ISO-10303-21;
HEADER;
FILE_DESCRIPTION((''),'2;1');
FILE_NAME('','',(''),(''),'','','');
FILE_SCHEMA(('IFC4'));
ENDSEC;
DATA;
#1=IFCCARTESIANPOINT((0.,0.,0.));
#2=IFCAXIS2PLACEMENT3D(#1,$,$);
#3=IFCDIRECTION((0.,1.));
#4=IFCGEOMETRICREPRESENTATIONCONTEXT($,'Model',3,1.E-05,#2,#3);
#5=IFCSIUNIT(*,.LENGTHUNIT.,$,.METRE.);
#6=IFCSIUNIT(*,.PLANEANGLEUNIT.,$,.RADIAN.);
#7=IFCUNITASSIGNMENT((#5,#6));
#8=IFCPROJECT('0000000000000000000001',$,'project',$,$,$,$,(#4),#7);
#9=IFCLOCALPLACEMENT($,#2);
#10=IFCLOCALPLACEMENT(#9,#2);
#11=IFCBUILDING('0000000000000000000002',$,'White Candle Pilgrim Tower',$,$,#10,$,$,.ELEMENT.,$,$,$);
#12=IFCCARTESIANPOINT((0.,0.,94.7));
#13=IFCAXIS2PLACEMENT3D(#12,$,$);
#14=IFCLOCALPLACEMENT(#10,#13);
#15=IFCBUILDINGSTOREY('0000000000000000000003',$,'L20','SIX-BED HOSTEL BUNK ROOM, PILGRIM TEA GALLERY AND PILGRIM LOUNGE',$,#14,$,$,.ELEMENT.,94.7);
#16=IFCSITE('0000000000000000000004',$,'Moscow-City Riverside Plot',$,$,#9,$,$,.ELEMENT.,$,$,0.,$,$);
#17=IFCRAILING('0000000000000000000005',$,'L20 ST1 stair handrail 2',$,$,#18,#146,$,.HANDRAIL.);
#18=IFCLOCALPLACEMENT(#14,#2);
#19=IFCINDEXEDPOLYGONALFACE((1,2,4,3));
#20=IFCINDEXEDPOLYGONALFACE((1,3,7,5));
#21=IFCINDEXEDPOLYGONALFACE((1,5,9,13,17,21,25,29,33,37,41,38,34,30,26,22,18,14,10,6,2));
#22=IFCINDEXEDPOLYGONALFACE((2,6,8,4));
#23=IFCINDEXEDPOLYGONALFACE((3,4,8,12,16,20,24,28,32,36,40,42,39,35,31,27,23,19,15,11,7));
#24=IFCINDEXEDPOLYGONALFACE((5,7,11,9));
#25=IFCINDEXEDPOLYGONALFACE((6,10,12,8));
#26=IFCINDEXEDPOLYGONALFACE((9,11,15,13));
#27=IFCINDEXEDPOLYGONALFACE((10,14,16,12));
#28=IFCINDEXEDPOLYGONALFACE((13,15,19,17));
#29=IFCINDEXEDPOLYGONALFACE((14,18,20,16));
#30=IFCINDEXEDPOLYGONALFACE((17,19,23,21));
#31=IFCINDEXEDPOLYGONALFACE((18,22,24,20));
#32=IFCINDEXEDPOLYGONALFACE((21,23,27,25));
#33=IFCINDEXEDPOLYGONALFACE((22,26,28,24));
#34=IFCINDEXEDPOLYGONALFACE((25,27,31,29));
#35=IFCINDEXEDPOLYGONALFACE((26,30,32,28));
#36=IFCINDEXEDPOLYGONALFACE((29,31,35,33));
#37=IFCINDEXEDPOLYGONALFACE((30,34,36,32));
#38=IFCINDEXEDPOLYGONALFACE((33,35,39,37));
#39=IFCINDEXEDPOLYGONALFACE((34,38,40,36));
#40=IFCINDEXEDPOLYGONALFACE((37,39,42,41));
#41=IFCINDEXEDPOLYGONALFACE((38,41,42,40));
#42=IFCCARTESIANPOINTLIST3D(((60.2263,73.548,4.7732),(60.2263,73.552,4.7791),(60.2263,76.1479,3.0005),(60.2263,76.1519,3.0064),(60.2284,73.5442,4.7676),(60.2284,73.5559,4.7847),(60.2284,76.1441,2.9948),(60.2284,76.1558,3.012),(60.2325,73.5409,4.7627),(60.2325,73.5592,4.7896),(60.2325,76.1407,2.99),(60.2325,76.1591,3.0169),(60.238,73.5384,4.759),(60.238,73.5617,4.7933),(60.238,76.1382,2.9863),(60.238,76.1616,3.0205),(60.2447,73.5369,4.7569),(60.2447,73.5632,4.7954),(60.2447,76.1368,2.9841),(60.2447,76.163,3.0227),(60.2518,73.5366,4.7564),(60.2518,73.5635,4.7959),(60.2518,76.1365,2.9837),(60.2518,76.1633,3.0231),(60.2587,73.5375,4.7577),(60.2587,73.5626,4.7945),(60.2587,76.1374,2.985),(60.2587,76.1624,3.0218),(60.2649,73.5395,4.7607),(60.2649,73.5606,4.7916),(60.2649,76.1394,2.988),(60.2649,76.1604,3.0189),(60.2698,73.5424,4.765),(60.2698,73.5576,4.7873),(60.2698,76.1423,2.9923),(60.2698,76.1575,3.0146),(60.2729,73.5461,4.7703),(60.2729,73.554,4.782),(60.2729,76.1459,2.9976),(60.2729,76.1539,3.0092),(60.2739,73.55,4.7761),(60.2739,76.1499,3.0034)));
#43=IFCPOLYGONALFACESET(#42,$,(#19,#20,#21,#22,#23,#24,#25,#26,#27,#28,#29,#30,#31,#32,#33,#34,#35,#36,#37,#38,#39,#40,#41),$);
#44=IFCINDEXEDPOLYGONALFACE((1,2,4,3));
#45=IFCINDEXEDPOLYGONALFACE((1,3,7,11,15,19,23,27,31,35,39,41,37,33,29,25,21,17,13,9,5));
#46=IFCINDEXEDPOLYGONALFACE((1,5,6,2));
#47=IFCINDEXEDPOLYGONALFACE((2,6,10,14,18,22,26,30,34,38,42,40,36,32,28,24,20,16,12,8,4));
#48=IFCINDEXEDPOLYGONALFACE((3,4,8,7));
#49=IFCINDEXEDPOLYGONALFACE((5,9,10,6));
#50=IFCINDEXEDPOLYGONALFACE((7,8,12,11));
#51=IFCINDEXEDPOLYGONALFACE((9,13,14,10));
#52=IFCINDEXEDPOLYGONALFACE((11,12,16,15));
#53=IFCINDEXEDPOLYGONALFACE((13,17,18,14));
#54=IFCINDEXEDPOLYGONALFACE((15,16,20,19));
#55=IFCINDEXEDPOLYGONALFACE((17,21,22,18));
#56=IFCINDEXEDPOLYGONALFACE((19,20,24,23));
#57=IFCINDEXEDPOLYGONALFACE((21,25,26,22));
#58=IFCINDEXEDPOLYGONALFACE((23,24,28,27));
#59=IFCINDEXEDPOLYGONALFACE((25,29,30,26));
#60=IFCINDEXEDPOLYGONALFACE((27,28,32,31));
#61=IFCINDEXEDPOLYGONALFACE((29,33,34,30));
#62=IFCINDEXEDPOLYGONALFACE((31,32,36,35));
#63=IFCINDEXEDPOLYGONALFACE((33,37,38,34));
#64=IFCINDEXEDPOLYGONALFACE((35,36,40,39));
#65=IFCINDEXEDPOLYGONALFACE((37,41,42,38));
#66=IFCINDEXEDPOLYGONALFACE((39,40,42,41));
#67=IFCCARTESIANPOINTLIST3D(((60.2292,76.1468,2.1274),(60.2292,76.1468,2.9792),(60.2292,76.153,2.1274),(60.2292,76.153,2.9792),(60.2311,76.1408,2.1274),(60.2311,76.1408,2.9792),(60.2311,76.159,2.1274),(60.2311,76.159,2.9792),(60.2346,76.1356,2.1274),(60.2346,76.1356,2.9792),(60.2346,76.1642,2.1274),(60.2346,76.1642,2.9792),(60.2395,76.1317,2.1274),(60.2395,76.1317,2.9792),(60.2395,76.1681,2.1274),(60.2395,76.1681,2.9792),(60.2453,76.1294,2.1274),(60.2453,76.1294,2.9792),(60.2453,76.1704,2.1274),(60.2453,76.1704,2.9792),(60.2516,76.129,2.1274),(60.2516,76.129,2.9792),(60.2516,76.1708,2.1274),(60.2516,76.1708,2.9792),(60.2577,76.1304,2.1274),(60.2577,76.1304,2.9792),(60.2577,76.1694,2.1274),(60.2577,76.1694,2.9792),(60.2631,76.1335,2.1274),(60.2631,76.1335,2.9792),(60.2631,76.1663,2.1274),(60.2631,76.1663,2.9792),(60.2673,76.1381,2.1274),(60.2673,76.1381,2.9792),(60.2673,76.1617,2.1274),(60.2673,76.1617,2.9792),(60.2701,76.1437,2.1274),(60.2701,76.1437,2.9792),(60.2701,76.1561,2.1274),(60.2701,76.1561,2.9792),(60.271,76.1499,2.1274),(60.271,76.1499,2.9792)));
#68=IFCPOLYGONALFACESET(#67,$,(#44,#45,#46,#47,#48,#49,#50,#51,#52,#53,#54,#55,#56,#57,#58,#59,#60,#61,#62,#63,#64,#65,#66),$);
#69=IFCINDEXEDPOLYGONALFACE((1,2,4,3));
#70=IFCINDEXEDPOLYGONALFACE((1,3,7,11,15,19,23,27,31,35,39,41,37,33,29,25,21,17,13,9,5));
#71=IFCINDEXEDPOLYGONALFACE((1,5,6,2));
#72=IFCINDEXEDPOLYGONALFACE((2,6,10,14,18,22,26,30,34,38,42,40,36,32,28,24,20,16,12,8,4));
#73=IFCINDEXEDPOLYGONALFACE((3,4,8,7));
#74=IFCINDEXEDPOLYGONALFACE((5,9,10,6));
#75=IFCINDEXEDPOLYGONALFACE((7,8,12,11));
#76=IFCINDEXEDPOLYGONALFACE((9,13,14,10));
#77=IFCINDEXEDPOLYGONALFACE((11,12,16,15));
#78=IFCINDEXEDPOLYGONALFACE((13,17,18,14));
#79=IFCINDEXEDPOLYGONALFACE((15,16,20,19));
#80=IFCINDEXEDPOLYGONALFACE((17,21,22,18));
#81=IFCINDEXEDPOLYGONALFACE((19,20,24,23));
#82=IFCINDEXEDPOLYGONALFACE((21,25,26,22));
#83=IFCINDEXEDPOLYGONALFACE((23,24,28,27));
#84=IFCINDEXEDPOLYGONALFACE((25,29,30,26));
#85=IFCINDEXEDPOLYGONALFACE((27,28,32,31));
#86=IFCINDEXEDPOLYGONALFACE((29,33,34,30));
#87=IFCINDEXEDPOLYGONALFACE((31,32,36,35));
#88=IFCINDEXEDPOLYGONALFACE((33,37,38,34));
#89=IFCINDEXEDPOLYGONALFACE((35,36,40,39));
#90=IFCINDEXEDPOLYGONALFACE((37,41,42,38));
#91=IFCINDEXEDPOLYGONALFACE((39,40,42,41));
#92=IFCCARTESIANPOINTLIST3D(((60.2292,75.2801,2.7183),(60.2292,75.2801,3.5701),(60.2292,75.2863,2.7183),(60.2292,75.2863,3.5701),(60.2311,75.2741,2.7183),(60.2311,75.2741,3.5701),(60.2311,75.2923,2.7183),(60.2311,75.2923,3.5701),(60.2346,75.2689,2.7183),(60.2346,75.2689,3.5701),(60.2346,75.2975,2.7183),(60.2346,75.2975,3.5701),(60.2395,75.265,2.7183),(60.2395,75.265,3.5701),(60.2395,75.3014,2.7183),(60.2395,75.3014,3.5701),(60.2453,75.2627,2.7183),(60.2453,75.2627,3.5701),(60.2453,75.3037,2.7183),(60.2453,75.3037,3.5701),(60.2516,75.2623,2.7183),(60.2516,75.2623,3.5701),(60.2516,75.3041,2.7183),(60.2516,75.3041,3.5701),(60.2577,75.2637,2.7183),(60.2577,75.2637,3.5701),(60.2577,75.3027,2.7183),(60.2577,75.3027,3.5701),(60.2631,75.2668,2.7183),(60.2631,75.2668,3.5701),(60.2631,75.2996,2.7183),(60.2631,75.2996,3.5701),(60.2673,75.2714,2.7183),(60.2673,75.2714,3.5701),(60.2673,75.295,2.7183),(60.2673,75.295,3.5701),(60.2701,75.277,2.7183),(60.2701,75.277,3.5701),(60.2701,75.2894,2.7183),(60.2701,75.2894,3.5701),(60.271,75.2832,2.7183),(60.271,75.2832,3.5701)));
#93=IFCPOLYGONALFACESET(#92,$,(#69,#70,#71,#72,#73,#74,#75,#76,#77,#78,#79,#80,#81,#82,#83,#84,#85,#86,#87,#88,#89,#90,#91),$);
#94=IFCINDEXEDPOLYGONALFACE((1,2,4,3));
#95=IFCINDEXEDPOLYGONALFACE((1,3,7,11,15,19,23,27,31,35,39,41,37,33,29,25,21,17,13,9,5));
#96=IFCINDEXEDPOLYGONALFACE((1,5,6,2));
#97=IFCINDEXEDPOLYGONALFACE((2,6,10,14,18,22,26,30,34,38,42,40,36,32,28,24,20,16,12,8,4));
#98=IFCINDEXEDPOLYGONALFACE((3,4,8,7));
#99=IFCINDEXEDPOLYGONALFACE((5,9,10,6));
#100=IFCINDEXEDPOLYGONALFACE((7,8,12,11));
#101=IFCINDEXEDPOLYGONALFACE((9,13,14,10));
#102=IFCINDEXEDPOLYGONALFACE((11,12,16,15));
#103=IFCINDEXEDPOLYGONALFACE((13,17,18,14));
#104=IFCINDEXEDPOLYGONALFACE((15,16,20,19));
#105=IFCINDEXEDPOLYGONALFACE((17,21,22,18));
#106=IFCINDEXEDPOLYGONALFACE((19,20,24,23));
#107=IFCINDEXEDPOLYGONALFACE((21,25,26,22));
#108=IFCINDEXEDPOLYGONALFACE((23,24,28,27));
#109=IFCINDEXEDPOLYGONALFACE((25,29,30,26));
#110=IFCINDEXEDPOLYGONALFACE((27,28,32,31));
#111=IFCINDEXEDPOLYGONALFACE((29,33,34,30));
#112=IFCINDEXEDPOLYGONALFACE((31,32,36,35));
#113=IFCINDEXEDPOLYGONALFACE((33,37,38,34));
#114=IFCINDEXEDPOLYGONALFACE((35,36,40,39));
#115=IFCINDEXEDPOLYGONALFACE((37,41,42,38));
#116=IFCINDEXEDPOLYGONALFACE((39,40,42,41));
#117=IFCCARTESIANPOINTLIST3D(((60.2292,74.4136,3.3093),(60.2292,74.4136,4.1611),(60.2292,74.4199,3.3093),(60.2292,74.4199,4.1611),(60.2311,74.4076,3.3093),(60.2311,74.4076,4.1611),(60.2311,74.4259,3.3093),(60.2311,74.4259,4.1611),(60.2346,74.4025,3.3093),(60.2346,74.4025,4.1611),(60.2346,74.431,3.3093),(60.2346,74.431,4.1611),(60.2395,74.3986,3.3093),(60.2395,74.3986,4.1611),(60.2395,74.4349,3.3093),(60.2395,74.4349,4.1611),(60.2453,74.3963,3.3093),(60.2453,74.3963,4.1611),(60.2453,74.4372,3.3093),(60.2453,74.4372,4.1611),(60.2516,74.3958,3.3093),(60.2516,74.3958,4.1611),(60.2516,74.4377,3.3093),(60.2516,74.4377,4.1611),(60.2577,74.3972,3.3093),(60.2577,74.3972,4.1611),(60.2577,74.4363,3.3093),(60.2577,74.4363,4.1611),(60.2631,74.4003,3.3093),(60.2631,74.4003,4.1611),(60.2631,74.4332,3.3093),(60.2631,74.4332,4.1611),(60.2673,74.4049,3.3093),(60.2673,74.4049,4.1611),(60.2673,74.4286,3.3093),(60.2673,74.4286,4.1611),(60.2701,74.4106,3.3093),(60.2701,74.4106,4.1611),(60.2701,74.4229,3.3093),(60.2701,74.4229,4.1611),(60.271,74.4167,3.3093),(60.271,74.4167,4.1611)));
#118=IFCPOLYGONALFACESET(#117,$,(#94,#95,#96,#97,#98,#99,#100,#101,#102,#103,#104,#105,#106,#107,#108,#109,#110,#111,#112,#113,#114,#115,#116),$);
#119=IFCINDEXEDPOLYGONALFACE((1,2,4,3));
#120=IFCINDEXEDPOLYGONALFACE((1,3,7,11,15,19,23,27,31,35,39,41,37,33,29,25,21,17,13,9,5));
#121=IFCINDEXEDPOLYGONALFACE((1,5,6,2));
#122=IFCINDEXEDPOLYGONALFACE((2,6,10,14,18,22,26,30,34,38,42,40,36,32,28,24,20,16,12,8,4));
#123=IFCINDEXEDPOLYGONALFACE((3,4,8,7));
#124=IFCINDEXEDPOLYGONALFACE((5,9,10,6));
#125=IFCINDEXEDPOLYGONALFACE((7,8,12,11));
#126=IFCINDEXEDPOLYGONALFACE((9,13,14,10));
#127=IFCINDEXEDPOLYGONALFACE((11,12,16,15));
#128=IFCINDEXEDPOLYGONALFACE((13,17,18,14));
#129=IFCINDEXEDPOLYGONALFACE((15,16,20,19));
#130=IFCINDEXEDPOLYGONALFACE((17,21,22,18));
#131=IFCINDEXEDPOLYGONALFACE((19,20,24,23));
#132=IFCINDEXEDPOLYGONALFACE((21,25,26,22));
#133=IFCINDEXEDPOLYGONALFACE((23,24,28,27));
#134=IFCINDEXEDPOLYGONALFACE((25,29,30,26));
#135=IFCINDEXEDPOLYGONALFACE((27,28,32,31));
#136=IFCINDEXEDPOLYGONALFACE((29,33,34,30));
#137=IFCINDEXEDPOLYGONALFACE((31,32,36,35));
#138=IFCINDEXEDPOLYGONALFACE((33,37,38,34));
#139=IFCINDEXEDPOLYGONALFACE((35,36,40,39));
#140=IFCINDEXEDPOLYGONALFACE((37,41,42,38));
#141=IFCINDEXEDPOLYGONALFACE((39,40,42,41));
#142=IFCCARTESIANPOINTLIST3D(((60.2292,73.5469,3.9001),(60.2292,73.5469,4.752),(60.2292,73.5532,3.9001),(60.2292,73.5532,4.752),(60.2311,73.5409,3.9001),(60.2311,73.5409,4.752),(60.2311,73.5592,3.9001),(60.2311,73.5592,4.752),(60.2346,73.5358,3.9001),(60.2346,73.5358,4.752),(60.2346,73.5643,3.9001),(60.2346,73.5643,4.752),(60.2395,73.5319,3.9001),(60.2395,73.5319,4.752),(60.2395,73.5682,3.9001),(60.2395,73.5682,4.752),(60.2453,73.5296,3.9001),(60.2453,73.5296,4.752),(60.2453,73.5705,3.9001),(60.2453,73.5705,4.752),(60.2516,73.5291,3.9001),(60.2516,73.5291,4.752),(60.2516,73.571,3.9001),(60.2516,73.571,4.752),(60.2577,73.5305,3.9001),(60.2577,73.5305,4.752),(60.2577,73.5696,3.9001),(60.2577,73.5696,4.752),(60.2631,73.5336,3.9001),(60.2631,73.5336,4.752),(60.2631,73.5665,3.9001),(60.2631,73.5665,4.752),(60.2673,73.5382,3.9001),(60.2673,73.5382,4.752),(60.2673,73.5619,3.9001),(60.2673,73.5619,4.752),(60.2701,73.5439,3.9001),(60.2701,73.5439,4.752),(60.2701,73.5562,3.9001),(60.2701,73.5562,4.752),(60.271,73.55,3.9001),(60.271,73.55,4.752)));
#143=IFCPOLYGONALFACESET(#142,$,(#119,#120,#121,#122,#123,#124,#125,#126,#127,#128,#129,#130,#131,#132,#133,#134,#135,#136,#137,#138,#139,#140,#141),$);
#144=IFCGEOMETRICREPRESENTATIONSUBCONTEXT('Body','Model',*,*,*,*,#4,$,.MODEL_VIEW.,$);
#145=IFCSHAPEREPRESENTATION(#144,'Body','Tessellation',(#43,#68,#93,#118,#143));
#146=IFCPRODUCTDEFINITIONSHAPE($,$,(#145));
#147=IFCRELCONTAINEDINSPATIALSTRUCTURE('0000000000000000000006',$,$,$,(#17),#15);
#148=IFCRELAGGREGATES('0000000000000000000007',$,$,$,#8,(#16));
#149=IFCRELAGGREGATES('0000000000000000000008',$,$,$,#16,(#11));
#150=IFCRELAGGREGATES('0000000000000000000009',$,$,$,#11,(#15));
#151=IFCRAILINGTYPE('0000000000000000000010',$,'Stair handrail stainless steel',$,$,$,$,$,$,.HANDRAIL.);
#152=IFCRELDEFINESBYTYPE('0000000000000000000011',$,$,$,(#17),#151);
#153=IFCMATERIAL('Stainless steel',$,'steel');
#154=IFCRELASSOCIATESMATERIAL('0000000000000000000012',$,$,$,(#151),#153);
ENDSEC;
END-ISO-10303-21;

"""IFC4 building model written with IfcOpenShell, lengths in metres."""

from ifc_helpers import new_model, si_unit, direction, frame, origin, origin_2d, place, context, subcontext, project, spatial, circle, extrude, material, type_object, element, save


model = new_model("IFC4")

# Units and contexts
model_context = context("Model", 3, precision=1e-05, world=origin(), true_north=direction((0.0, 1.0)))
body_context = subcontext(model_context, "Body", "Model", "MODEL_VIEW")
ifc_project = project(units=[si_unit("LENGTHUNIT", "METRE"), si_unit("PLANEANGLEUNIT", "RADIAN")], contexts=[model_context])

# Site, building, storey
site_placement = place(None, origin())
site = spatial("IfcSite", under=ifc_project, at=site_placement, Name="Moscow-City Riverside Plot", CompositionType="ELEMENT", RefElevation=0.0)
building_placement = place(site_placement, origin())
building = spatial("IfcBuilding", under=site, at=building_placement, Name="White Candle Pilgrim Tower", CompositionType="ELEMENT")
storey_placement = place(building_placement, frame((0.0, 0.0, 94.7)))
storey = spatial("IfcBuildingStorey", under=building, at=storey_placement, Name="L20", Description="SIX-BED HOSTEL BUNK ROOM, PILGRIM TEA GALLERY AND PILGRIM LOUNGE", CompositionType="ELEMENT", Elevation=94.7)

# Railing
ifc_material_1 = material(Name="Stainless steel", Category="steel")
railing_type_1 = type_object("IfcRailingType", Name="Stair handrail stainless steel", PredefinedType="HANDRAIL", material=ifc_material_1)
railing_1_placement = place(storey_placement, frame((60.25, 76.1499, 2.1274)))
element("IfcRailing", 1, at=railing_1_placement, inside=storey, type_object=railing_type_1, Name="L20 ST1 stair handrail 2", PredefinedType="HANDRAIL", context=body_context, shape_type="SweptSolid", body=[
    extrude(circle(Radius=0.0239, at=origin_2d()), frame((0.0, 0.0, 0.876), z_axis=(0.0, -0.826216, 0.563354), x_axis=(1.0, 0.0, 0.0)), (0.0, 0.0, 1.0), 3.1467),
    extrude(circle(Radius=0.021, at=origin_2d()), origin(), (0.0, 0.0, 1.0), 0.8518),
    extrude(circle(Radius=0.021, at=origin_2d()), frame((0.0, -0.8667, 0.5908)), (0.0, 0.0, 1.0), 0.8518),
    extrude(circle(Radius=0.021, at=origin_2d()), frame((0.0, -1.7332, 1.1819)), (0.0, 0.0, 1.0), 0.8518),
    extrude(circle(Radius=0.021, at=origin_2d()), frame((0.0, -2.5999, 1.7727)), (0.0, 0.0, 1.0), 0.8518),
])

save(model, "model.ifc")
